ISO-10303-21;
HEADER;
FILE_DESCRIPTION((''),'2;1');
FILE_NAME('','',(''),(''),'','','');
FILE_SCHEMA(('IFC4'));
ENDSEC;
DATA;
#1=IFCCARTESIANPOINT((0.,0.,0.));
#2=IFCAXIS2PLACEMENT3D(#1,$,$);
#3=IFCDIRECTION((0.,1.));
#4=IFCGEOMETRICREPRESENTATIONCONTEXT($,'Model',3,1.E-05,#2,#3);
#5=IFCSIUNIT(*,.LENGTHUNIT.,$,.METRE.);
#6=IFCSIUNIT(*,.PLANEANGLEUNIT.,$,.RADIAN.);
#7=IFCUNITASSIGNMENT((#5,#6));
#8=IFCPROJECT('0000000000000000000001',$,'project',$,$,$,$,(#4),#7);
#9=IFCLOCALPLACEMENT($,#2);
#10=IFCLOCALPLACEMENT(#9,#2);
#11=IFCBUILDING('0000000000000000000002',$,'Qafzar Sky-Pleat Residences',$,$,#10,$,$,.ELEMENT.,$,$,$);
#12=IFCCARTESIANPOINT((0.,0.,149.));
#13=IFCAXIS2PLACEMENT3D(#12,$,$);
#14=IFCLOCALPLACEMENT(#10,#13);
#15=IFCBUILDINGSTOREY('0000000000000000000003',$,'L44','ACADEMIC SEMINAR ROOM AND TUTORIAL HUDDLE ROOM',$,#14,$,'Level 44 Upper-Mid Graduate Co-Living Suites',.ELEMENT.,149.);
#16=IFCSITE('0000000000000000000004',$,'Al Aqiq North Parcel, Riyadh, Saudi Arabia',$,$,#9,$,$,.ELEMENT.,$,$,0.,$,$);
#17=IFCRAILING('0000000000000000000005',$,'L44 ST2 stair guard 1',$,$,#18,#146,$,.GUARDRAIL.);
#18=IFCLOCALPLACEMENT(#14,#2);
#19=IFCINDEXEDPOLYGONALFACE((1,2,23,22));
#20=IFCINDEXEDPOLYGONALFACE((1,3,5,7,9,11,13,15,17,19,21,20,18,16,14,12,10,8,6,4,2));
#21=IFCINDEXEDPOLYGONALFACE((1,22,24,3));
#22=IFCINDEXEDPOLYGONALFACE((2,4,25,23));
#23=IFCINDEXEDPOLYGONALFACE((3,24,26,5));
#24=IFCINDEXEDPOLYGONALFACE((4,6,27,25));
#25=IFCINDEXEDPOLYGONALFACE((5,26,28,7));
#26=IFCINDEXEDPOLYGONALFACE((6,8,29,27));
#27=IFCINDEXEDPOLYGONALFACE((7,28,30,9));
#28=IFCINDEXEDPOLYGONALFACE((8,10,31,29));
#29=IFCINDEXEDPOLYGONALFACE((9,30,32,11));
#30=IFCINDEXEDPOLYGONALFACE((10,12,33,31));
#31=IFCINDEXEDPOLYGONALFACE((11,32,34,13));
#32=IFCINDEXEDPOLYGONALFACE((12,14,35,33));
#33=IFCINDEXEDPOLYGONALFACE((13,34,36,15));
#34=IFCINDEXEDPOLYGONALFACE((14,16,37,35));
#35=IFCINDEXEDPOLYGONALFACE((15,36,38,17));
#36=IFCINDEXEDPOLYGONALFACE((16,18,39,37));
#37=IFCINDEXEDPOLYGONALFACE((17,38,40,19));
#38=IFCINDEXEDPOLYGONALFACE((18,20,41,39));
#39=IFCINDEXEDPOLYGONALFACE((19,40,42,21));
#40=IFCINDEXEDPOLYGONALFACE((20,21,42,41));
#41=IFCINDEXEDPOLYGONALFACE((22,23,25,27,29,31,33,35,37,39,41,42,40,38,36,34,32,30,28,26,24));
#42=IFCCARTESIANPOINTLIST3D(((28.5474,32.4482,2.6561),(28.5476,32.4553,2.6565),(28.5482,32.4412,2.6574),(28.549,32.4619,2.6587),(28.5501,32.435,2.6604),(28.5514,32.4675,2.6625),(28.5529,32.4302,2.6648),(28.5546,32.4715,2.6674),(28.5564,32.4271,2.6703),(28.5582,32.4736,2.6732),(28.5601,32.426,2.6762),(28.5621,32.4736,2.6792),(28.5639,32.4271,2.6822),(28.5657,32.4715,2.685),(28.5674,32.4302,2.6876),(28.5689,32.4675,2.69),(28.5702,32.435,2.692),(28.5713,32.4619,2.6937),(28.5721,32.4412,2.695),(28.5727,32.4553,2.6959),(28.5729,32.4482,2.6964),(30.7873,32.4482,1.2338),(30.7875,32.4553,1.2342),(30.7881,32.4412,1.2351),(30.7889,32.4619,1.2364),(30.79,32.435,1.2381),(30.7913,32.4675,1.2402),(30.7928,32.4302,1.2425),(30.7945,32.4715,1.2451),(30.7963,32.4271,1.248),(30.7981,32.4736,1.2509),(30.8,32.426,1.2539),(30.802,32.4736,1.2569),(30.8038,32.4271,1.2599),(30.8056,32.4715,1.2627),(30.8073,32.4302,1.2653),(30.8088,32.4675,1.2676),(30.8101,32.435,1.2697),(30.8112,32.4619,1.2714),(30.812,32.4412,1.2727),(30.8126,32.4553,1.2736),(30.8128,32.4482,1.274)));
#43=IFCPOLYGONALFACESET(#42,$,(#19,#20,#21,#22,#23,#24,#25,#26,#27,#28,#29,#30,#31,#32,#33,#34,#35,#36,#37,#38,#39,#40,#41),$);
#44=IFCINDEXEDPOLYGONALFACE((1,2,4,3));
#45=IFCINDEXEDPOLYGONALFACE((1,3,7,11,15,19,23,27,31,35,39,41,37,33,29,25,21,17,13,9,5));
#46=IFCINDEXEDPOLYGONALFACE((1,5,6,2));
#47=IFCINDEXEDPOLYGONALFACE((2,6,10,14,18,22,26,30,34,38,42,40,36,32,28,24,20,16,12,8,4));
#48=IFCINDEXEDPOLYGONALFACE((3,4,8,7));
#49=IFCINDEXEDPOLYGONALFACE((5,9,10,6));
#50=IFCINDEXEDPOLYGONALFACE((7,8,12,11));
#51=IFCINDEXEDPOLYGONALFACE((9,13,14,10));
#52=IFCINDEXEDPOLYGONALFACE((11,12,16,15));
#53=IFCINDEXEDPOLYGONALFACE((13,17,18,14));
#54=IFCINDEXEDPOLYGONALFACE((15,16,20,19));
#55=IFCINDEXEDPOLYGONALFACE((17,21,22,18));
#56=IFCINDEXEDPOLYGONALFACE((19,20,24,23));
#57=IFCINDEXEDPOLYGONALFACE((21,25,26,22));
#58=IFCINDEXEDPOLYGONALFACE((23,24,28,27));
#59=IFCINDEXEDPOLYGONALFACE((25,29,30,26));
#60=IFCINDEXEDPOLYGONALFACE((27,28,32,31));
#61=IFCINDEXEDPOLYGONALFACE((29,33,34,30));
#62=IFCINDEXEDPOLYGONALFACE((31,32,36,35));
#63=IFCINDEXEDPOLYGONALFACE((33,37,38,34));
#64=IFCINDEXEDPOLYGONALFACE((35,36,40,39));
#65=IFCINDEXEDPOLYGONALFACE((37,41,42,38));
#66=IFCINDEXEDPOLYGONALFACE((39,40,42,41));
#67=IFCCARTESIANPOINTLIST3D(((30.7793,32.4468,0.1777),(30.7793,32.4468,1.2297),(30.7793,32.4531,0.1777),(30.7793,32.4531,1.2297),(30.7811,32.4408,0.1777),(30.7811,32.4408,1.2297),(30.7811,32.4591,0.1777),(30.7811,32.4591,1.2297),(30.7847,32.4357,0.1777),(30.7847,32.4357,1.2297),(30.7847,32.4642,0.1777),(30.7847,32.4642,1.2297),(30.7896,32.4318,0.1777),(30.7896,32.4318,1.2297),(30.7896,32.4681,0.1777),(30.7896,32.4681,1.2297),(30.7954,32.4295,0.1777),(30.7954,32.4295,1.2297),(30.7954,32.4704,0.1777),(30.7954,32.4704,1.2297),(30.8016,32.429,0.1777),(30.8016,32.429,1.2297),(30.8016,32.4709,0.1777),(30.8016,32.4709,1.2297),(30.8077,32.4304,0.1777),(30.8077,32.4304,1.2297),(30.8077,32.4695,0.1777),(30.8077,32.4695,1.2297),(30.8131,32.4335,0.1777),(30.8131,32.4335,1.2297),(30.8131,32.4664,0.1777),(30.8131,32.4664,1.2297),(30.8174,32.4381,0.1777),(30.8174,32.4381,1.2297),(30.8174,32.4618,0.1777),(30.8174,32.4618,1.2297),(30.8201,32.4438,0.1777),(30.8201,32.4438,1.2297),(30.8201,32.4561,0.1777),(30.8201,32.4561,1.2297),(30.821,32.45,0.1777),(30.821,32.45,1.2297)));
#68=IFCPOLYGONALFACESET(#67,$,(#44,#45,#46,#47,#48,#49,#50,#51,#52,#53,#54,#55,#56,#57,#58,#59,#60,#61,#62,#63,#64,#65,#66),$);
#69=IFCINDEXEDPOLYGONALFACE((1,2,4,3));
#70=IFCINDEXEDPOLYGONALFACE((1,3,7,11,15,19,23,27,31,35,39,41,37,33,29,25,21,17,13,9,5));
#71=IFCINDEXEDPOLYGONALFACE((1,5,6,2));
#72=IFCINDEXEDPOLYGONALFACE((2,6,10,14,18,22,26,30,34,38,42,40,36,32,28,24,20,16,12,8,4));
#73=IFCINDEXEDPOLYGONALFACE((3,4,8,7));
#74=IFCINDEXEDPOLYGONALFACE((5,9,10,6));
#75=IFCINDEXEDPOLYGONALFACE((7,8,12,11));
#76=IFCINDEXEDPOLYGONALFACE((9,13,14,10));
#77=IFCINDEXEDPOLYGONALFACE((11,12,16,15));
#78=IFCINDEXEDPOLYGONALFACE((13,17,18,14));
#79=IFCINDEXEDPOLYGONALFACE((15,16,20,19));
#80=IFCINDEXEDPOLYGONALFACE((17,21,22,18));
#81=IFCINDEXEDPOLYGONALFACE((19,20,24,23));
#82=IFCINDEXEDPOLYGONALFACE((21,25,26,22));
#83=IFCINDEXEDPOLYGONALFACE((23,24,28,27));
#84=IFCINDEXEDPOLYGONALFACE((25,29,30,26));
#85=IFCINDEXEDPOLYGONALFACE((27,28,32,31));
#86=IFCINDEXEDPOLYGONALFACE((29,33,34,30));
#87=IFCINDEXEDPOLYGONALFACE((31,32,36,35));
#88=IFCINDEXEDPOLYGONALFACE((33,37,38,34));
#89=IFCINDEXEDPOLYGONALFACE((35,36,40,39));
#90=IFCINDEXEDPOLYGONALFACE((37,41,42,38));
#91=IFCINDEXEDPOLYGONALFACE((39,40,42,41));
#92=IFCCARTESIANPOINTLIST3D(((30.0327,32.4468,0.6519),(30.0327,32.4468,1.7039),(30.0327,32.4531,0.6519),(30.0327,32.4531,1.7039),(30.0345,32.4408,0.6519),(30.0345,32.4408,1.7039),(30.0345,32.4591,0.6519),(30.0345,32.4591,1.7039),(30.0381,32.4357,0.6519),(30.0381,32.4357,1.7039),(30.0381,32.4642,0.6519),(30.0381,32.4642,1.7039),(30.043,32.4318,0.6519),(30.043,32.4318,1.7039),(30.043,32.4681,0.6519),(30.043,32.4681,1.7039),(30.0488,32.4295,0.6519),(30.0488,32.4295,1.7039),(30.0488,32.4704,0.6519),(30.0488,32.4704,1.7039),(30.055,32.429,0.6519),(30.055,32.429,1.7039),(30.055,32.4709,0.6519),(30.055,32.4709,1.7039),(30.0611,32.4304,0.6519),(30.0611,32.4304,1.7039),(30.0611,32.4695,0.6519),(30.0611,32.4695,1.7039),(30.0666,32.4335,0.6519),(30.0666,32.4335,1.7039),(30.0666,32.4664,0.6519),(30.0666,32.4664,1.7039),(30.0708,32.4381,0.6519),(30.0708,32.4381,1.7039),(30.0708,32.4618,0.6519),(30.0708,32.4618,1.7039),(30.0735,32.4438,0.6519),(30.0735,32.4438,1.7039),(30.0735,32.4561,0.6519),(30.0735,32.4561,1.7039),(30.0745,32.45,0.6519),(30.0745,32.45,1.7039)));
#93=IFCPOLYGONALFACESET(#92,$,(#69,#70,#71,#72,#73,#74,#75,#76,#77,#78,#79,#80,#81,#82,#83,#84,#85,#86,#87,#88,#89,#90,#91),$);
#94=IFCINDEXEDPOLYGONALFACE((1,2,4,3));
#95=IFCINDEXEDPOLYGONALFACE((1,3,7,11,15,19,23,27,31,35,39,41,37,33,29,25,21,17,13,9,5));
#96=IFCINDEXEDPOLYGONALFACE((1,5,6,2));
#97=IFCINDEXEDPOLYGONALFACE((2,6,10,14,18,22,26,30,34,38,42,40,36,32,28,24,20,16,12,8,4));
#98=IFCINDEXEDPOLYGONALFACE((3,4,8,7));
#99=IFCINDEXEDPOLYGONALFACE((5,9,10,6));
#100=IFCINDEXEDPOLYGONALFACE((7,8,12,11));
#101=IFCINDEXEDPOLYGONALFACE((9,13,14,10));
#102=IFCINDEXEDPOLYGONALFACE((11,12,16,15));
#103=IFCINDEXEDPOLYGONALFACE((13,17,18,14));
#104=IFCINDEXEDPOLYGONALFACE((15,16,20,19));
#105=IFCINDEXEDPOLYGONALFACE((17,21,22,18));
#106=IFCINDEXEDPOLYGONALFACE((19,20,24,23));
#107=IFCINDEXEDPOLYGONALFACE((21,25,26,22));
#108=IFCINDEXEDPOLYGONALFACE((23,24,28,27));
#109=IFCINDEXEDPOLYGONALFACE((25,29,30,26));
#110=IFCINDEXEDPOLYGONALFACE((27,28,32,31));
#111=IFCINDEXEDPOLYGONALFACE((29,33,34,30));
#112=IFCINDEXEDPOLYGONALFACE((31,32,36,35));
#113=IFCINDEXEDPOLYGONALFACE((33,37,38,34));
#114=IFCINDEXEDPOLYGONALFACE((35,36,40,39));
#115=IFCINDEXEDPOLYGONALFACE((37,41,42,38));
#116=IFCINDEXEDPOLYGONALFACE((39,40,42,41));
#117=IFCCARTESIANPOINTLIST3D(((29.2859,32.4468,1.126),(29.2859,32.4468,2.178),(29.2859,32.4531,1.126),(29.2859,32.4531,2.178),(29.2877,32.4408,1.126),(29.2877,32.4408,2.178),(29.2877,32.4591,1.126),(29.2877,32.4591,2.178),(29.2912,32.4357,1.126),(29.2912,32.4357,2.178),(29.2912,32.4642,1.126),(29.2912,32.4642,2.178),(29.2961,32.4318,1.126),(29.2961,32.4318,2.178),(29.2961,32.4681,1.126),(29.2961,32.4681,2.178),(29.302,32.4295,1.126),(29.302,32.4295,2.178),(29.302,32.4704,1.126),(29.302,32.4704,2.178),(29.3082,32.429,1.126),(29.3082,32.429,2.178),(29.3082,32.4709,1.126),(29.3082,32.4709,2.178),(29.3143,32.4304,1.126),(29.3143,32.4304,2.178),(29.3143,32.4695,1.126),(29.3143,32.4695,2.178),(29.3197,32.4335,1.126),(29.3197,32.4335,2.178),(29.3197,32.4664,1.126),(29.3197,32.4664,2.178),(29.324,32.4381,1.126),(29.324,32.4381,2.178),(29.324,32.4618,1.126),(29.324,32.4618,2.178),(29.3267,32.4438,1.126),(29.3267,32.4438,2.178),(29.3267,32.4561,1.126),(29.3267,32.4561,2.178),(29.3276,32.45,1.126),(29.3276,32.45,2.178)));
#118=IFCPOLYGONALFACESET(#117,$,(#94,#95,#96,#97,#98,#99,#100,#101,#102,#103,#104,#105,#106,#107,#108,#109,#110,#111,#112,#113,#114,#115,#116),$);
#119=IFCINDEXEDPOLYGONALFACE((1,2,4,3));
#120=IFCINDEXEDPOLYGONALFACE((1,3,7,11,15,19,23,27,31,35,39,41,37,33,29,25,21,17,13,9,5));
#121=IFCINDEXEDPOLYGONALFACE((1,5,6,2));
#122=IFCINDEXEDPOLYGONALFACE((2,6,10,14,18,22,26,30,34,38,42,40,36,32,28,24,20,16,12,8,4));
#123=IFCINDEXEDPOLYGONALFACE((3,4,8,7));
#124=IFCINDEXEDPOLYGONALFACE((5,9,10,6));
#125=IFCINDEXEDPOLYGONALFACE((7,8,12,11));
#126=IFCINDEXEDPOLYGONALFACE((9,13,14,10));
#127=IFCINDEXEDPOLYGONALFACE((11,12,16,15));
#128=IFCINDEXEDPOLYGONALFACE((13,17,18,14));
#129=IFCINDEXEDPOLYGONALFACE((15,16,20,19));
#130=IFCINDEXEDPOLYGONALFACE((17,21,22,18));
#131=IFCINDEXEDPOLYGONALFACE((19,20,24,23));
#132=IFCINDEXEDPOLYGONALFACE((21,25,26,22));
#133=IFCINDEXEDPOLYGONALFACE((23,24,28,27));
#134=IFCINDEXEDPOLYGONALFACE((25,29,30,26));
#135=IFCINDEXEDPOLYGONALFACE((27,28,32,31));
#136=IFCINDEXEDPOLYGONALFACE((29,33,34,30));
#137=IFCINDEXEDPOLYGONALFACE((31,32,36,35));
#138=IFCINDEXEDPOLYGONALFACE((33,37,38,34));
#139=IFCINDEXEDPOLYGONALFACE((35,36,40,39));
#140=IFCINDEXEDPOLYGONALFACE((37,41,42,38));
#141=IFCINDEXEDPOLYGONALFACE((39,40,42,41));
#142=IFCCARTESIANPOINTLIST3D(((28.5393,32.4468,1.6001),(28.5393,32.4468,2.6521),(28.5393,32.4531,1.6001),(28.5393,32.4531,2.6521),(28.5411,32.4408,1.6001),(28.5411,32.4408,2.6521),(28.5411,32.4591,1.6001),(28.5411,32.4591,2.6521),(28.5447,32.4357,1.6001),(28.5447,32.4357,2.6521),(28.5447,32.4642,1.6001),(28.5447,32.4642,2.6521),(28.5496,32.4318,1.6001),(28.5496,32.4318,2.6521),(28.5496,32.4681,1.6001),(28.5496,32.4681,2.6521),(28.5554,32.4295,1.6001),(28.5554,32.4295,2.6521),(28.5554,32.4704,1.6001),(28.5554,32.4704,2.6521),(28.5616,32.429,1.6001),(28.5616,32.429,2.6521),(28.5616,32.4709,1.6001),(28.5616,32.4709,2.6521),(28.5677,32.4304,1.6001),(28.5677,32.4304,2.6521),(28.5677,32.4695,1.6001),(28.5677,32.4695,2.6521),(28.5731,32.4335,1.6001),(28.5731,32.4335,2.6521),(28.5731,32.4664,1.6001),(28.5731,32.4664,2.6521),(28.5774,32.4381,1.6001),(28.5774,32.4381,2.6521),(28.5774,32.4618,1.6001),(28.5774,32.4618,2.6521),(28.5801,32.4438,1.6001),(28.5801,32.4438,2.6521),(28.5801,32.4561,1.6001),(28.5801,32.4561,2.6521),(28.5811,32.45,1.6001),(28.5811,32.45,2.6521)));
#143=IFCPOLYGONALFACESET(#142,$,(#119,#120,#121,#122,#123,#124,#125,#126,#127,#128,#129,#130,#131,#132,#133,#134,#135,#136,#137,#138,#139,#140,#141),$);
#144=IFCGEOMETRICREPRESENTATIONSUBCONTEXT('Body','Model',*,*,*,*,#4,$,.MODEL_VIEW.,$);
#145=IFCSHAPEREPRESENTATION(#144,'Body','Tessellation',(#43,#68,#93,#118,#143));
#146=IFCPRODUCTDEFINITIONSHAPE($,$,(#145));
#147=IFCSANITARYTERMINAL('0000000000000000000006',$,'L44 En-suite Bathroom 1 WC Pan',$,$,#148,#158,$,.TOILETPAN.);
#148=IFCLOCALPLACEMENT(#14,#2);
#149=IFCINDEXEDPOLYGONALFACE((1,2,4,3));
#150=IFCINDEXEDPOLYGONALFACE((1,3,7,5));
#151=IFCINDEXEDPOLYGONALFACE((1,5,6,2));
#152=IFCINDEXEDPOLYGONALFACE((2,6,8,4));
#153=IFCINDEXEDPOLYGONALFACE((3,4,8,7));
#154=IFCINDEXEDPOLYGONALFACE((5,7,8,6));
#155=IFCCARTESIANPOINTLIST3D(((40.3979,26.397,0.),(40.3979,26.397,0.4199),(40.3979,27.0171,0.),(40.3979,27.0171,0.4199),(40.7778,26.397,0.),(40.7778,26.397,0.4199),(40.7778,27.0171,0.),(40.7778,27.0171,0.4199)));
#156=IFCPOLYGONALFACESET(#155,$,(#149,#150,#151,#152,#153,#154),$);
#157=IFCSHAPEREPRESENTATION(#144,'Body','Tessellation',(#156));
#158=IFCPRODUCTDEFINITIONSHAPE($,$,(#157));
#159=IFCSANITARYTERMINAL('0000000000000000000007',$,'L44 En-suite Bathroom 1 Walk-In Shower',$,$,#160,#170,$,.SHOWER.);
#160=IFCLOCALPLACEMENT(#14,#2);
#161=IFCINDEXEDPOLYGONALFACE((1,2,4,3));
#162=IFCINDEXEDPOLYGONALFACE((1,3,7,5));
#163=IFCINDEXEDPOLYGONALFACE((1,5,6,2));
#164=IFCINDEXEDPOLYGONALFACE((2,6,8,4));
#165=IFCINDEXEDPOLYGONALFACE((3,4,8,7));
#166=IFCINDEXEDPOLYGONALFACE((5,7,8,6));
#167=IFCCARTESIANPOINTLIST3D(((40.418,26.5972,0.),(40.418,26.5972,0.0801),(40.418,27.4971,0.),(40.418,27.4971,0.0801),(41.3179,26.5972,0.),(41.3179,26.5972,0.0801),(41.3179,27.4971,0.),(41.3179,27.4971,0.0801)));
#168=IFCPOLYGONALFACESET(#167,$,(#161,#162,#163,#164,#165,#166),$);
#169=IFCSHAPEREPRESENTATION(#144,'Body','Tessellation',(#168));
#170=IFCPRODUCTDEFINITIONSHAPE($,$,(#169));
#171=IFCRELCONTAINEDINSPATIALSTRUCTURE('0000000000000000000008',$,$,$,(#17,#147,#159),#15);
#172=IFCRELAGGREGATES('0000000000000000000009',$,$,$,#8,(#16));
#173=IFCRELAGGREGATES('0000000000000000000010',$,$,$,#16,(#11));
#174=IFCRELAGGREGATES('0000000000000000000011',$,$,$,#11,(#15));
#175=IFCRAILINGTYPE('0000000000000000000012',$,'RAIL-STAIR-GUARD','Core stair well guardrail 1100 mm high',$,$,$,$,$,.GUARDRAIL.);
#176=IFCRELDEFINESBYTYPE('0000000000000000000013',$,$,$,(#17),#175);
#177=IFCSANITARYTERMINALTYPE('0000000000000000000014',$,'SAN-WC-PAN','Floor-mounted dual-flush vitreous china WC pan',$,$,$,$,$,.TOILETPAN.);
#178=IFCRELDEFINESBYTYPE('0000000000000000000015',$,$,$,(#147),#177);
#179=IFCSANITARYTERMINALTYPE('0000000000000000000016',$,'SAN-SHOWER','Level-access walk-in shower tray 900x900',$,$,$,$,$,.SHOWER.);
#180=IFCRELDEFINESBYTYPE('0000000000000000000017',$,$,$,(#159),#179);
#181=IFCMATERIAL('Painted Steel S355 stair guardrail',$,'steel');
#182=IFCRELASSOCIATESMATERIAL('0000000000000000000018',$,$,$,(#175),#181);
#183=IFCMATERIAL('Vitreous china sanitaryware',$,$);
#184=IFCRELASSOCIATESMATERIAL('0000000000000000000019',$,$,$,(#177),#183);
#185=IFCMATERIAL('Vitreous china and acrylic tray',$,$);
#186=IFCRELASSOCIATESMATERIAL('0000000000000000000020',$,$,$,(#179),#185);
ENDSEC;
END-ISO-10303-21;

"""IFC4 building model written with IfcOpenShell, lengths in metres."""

from ifc_helpers import new_model, si_unit, direction, frame, origin, origin_2d, place, context, subcontext, project, spatial, rectangle, circle, extrude, source, transform, mapped, material, type_object, element, save


model = new_model("IFC4")

# Units and contexts
model_context = context("Model", 3, precision=1e-05, world=origin(), true_north=direction((0.0, 1.0)))
body_context = subcontext(model_context, "Body", "Model", "MODEL_VIEW")
ifc_project = project(units=[si_unit("LENGTHUNIT", "METRE"), si_unit("PLANEANGLEUNIT", "RADIAN")], contexts=[model_context])

# Site, building, storey
site_placement = place(None, origin())
site = spatial("IfcSite", under=ifc_project, at=site_placement, Name="Al Aqiq North Parcel, Riyadh, Saudi Arabia", CompositionType="ELEMENT", RefElevation=0.0)
building_placement = place(site_placement, origin())
building = spatial("IfcBuilding", under=site, at=building_placement, Name="Qafzar Sky-Pleat Residences", CompositionType="ELEMENT")
storey_placement = place(building_placement, frame((0.0, 0.0, 149.0)))
storey = spatial("IfcBuildingStorey", under=building, at=storey_placement, Name="L44", Description="ACADEMIC SEMINAR ROOM AND TUTORIAL HUDDLE ROOM", LongName="Level 44 Upper-Mid Graduate Co-Living Suites", CompositionType="ELEMENT", Elevation=149.0)

# Railing
ifc_material_1 = material(Name="Painted Steel S355 stair guardrail", Category="steel")
railing_type = type_object("IfcRailingType", Name="RAIL-STAIR-GUARD", Description="Core stair well guardrail 1100 mm high", PredefinedType="GUARDRAIL", material=ifc_material_1)
shared_shape_1 = source(origin(), body_context, "Body", "SweptSolid", [
    extrude(circle(Radius=0.0239, at=origin_2d()), frame((0.0, 0.0, 1.0762), z_axis=(-0.844188, 0.0, 0.536048), x_axis=(0.0, -1.0, 0.0)), (0.0, 0.0, 1.0), 2.6533),
    extrude(circle(Radius=0.021, at=origin_2d()), origin(), (0.0, 0.0, 1.0), 1.052),
    extrude(circle(Radius=0.021, at=origin_2d()), frame((-0.7466, 0.0, 0.4741)), (0.0, 0.0, 1.0), 1.052),
    extrude(circle(Radius=0.021, at=origin_2d()), frame((-1.4934, 0.0, 0.9482)), (0.0, 0.0, 1.0), 1.052),
    extrude(circle(Radius=0.021, at=origin_2d()), frame((-2.24, 0.0, 1.4224)), (0.0, 0.0, 1.0), 1.052),
])
railing_1_placement = place(storey_placement, frame((30.8, 32.45, 0.1777)))
element("IfcRailing", 1, at=railing_1_placement, inside=storey, type_object=railing_type, Name="L44 ST2 stair guard 1", PredefinedType="GUARDRAIL", context=body_context, shape_type="MappedRepresentation", body=[
    mapped(shared_shape_1, transform((0.0, 0.0, 0.0), x_axis=(1.0, 0.0, 0.0), y_axis=(0.0, 1.0, 0.0), z_axis=(0.0, 0.0, 1.0), scale=1.0)),
])

# Sanitary terminals
ifc_material_2 = material(Name="Vitreous china sanitaryware")
sanitary_terminal_type_1 = type_object("IfcSanitaryTerminalType", Name="SAN-WC-PAN", Description="Floor-mounted dual-flush vitreous china WC pan", PredefinedType="TOILETPAN", material=ifc_material_2)
shared_shape_2 = source(origin(), body_context, "Body", "SweptSolid", [
    extrude(rectangle(XDim=0.3799, YDim=0.6201, at=origin_2d()), origin(), (0.0, 0.0, 1.0), 0.4199),
])
sanitary_terminal_1_placement = place(storey_placement, frame((40.5879, 26.707, 0.0), z_axis=(0.0, 0.0, 1.0), x_axis=(1.0, 0.0, 0.0)))
element("IfcSanitaryTerminal", 2, at=sanitary_terminal_1_placement, inside=storey, type_object=sanitary_terminal_type_1, Name="L44 En-suite Bathroom 1 WC Pan", PredefinedType="TOILETPAN", context=body_context, shape_type="MappedRepresentation", body=[
    mapped(shared_shape_2, transform((0.0, 0.0, 0.0), x_axis=(1.0, 0.0, 0.0), y_axis=(0.0, 1.0, 0.0), z_axis=(0.0, 0.0, 1.0), scale=1.0)),
])
ifc_material_3 = material(Name="Vitreous china and acrylic tray")
sanitary_terminal_type_2 = type_object("IfcSanitaryTerminalType", Name="SAN-SHOWER", Description="Level-access walk-in shower tray 900x900", PredefinedType="SHOWER", material=ifc_material_3)
shared_shape_3 = source(origin(), body_context, "Body", "SweptSolid", [
    extrude(rectangle(XDim=0.8999, YDim=0.8999, at=origin_2d()), origin(), (0.0, 0.0, 1.0), 0.0801),
])
sanitary_terminal_2_placement = place(storey_placement, frame((40.8679, 27.0471, 0.0), z_axis=(0.0, 0.0, 1.0), x_axis=(1.0, 0.0, 0.0)))
element("IfcSanitaryTerminal", 3, at=sanitary_terminal_2_placement, inside=storey, type_object=sanitary_terminal_type_2, Name="L44 En-suite Bathroom 1 Walk-In Shower", PredefinedType="SHOWER", context=body_context, shape_type="MappedRepresentation", body=[
    mapped(shared_shape_3, transform((0.0, 0.0, 0.0), x_axis=(1.0, 0.0, 0.0), y_axis=(0.0, 1.0, 0.0), z_axis=(0.0, 0.0, 1.0), scale=1.0)),
])

save(model, "model.ifc")
